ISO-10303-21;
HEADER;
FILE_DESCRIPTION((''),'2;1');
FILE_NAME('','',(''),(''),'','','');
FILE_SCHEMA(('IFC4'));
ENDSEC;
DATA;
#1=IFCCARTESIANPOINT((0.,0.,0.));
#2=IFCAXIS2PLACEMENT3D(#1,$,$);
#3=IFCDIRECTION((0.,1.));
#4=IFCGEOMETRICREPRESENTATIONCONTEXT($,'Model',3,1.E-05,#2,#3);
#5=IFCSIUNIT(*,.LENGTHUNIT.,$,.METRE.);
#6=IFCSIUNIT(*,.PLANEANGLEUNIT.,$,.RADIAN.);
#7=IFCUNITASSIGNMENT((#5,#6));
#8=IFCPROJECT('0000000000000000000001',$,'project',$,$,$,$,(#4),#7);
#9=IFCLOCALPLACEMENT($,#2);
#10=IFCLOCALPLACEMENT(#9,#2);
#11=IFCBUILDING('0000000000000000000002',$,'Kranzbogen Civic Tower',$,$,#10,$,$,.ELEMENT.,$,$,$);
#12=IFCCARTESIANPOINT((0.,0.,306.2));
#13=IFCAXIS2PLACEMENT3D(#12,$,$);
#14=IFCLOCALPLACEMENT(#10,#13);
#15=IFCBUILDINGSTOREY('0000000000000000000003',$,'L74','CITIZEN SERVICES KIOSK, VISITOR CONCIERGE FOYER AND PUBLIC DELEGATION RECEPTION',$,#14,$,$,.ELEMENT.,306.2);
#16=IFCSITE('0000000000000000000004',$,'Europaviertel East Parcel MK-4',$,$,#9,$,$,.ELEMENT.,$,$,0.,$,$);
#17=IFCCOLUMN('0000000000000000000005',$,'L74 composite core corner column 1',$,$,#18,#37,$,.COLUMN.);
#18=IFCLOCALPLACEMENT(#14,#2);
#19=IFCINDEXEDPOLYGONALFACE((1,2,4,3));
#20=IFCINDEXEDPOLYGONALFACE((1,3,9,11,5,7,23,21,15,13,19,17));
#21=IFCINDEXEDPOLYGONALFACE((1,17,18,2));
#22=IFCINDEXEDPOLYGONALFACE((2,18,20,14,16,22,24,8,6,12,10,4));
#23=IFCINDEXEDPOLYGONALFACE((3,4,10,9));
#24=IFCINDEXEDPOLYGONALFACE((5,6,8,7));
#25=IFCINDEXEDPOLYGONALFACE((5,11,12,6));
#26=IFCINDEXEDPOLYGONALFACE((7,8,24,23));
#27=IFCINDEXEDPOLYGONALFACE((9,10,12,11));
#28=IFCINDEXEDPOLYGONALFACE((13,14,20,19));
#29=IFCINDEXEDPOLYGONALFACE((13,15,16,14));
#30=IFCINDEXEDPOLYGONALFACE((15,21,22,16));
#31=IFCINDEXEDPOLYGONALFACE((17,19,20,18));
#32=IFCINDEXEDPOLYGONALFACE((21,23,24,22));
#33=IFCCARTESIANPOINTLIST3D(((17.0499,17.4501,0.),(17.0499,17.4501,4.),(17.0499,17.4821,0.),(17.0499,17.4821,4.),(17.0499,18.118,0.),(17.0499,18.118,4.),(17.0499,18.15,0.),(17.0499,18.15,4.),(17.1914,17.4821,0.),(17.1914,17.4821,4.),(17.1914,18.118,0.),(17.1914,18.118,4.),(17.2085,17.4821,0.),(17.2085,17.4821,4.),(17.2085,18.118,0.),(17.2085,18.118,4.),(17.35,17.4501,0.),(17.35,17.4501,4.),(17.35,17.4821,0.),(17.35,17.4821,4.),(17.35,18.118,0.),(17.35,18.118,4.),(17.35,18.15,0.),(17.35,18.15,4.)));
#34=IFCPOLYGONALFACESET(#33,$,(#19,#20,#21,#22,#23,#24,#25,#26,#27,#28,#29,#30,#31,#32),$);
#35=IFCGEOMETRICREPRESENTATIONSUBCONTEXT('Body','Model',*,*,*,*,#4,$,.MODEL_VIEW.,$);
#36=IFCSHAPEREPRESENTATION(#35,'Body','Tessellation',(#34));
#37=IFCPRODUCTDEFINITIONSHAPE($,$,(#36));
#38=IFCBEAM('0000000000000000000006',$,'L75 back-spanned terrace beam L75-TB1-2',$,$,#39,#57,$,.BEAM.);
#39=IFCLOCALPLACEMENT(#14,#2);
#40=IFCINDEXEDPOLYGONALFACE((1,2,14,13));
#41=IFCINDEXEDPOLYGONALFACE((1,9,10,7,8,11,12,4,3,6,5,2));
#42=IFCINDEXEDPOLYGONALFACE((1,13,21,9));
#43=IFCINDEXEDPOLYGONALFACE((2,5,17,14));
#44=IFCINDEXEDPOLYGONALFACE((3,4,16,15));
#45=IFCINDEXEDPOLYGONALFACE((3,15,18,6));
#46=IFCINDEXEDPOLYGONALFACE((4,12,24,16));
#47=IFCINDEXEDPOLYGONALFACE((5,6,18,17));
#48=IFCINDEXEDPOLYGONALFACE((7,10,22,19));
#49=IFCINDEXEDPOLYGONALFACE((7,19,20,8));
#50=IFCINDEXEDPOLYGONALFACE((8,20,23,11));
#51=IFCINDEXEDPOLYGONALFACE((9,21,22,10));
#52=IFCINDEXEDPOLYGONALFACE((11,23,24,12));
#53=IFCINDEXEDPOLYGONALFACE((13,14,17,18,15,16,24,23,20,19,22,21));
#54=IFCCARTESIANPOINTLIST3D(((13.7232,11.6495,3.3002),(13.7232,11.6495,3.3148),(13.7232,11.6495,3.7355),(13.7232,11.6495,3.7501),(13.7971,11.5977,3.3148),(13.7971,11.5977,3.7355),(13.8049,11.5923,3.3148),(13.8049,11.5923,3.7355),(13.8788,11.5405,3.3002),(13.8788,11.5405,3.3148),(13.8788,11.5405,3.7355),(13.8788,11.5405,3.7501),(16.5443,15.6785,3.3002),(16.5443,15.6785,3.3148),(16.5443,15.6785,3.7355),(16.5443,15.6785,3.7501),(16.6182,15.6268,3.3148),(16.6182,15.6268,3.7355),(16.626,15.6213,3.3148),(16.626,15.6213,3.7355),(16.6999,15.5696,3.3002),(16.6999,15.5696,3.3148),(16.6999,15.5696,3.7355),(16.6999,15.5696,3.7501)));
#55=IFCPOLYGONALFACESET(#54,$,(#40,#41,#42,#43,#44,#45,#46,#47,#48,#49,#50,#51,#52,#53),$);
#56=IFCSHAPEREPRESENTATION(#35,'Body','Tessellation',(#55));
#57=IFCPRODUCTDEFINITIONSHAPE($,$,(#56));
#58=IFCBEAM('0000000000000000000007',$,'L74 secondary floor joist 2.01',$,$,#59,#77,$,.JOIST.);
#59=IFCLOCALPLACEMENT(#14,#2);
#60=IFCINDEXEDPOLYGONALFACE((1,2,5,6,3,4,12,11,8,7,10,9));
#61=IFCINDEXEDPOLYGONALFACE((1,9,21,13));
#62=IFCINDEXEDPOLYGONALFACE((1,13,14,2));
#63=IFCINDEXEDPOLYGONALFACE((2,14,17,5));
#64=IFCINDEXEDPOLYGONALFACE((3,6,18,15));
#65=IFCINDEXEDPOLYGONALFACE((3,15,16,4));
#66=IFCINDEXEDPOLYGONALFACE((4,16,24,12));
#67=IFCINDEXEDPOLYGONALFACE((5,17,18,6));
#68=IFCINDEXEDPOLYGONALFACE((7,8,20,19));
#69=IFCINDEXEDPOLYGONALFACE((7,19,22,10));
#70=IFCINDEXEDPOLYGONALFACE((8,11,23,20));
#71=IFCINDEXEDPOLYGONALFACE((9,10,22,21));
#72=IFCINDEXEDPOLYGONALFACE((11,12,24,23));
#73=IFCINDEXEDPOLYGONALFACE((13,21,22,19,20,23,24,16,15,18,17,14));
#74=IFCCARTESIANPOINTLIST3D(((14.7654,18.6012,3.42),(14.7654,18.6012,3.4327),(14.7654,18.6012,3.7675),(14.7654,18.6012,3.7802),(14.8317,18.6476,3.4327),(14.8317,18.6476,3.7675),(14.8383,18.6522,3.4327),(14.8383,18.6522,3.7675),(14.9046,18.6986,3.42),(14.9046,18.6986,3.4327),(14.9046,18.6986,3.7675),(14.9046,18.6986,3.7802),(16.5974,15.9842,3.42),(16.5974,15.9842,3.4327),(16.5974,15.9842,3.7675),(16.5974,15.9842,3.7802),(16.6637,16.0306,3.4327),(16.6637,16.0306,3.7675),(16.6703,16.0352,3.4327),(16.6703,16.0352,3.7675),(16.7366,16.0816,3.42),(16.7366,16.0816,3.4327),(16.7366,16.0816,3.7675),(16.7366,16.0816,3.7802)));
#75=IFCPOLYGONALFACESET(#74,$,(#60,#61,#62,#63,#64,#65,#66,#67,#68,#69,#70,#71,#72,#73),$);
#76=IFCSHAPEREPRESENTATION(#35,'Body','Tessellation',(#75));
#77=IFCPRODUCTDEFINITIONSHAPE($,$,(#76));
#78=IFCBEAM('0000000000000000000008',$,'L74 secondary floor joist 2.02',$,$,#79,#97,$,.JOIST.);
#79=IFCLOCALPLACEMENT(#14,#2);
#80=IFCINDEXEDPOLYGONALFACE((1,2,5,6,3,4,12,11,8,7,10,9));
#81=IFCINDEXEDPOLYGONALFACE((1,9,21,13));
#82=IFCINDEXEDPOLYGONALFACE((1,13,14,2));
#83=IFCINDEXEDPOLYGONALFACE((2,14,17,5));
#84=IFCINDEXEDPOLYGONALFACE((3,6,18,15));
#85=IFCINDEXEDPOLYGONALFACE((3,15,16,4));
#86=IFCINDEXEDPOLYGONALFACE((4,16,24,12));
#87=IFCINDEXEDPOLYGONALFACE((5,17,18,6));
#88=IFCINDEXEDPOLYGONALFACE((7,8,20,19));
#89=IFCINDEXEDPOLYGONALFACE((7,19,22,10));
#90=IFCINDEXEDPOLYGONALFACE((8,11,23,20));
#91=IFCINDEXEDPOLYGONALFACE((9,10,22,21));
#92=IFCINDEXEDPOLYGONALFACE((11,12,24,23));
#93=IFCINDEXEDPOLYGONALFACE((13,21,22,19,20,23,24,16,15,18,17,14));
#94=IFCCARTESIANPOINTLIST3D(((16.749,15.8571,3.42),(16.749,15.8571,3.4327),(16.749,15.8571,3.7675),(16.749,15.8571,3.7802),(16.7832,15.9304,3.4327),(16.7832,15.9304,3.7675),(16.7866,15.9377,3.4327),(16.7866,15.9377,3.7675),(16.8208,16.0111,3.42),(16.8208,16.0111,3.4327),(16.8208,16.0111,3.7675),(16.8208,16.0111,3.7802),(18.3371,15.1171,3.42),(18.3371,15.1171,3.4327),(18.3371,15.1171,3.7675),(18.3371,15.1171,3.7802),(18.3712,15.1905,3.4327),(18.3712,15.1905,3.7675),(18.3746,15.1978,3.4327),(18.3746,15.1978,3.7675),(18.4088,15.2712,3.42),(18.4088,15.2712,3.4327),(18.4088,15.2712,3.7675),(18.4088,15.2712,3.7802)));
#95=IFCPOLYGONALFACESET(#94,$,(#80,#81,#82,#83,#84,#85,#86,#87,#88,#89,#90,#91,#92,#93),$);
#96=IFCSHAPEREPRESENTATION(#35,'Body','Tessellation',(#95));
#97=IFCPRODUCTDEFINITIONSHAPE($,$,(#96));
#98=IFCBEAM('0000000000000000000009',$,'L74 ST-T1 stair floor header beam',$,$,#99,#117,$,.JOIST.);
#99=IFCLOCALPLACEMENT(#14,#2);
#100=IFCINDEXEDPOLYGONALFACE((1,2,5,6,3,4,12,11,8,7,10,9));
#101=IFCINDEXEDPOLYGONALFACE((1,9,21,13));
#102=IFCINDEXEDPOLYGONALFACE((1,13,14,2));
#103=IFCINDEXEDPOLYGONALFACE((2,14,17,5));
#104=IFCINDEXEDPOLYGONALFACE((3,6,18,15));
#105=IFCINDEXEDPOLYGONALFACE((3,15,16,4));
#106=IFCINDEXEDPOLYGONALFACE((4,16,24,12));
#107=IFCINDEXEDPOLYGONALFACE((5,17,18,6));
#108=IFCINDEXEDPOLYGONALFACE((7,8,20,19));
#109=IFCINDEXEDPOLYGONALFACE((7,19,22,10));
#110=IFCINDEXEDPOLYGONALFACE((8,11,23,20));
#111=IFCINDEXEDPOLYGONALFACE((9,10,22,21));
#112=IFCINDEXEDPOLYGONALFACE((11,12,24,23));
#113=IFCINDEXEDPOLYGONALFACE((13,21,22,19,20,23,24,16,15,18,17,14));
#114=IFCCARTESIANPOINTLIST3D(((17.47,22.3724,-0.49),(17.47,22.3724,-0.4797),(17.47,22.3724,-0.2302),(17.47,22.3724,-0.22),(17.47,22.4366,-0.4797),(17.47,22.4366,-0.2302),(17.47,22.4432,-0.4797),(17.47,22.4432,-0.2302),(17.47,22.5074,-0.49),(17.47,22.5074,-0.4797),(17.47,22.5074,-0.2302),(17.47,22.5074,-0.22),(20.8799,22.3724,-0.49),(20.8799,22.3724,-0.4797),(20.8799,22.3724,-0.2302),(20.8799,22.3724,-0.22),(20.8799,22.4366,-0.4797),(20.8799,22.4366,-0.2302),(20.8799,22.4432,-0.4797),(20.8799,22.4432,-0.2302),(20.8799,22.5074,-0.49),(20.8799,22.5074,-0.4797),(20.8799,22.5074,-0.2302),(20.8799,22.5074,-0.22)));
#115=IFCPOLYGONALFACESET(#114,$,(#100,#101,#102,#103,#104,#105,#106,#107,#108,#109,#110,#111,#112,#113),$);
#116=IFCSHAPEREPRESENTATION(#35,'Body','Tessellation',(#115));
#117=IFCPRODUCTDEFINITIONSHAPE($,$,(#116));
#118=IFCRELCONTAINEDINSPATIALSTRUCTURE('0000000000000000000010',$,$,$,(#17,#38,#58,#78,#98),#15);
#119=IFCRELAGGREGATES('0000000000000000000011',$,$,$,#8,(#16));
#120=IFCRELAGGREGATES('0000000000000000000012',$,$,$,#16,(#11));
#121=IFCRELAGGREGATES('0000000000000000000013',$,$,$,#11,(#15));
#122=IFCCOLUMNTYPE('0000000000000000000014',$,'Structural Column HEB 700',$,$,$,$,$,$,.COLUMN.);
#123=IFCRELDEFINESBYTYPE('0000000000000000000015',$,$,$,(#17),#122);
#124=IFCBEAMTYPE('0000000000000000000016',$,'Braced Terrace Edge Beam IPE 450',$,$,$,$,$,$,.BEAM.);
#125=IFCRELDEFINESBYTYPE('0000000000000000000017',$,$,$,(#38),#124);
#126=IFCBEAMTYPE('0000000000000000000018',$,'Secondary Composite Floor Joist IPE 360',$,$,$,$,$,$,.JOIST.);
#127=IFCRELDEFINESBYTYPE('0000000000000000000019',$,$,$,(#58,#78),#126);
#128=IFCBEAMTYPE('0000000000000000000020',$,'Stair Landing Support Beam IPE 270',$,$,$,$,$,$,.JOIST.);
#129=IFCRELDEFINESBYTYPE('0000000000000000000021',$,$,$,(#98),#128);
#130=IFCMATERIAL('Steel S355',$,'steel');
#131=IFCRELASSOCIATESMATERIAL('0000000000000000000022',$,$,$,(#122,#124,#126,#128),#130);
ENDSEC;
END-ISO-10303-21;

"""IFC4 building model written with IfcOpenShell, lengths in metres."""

from ifc_helpers import new_model, si_unit, direction, frame, origin, origin_2d, place, context, subcontext, project, spatial, i_section, extrude, material, material_profile, profile_set, type_object, element, save


model = new_model("IFC4")

# Units and contexts
model_context = context("Model", 3, precision=1e-05, world=origin(), true_north=direction((0.0, 1.0)))
body_context = subcontext(model_context, "Body", "Model", "MODEL_VIEW")
ifc_project = project(units=[si_unit("LENGTHUNIT", "METRE"), si_unit("PLANEANGLEUNIT", "RADIAN")], contexts=[model_context])

# Site, building, storey
site_placement = place(None, origin())
site = spatial("IfcSite", under=ifc_project, at=site_placement, Name="Europaviertel East Parcel MK-4", CompositionType="ELEMENT", RefElevation=0.0)
building_placement = place(site_placement, origin())
building = spatial("IfcBuilding", under=site, at=building_placement, Name="Kranzbogen Civic Tower", CompositionType="ELEMENT")
storey_placement = place(building_placement, frame((0.0, 0.0, 306.2)))
storey = spatial("IfcBuildingStorey", under=building, at=storey_placement, Name="L74", Description="CITIZEN SERVICES KIOSK, VISITOR CONCIERGE FOYER AND PUBLIC DELEGATION RECEPTION", CompositionType="ELEMENT", Elevation=306.2)

# Column
ifc_material_1 = material(Name="Steel S355", Category="steel")
ifc_material_profile_1 = material_profile(ifc_material_1, i_section(OverallWidth=0.3, OverallDepth=0.7, WebThickness=0.0171, FlangeThickness=0.032, at=origin_2d()), Name="HEB 700")
ifc_profile_set_1 = profile_set([ifc_material_profile_1], Name="Steel S355")
column_type = type_object("IfcColumnType", Name="Structural Column HEB 700", PredefinedType="COLUMN", material=ifc_profile_set_1)
column_placement = place(storey_placement, frame((17.2, 17.8, 0.0), z_axis=(0.0, 0.0, 1.0), x_axis=(1.0, 0.0, 0.0)))
element("IfcColumn", 1, at=column_placement, inside=storey, type_object=column_type, Name="L74 composite core corner column 1", PredefinedType="COLUMN", context=body_context, shape_type="SweptSolid", body=[
    extrude(i_section(OverallWidth=0.3, OverallDepth=0.7, WebThickness=0.0171, FlangeThickness=0.032, at=origin_2d()), origin(), (0.0, 0.0, 1.0), 4.0),
])

# Beams
ifc_material_profile_2 = material_profile(ifc_material_1, i_section(OverallWidth=0.1899, OverallDepth=0.45, WebThickness=0.0095, FlangeThickness=0.0146, at=origin_2d()), Name="IPE 450")
ifc_profile_set_2 = profile_set([ifc_material_profile_2], Name="Steel S355")
beam_type_1 = type_object("IfcBeamType", Name="Braced Terrace Edge Beam IPE 450", PredefinedType="BEAM", material=ifc_profile_set_2)
beam_1_placement = place(storey_placement, frame((16.6221, 15.624, 3.5251), z_axis=(-0.573559, -0.819164, 0.0), x_axis=(0.819164, -0.573559, 0.0)))
element("IfcBeam", 2, at=beam_1_placement, inside=storey, type_object=beam_type_1, Name="L75 back-spanned terrace beam L75-TB1-2", PredefinedType="BEAM", context=body_context, shape_type="SweptSolid", body=[
    extrude(i_section(OverallWidth=0.1899, OverallDepth=0.45, WebThickness=0.0095, FlangeThickness=0.0146, at=origin_2d()), origin(), (0.0, 0.0, 1.0), 4.9185),
])
ifc_material_profile_3 = material_profile(ifc_material_1, i_section(OverallWidth=0.1699, OverallDepth=0.3601, WebThickness=0.0081, FlangeThickness=0.0127, at=origin_2d()), Name="IPE 360")
ifc_profile_set_3 = profile_set([ifc_material_profile_3], Name="Steel S355")
beam_type_2 = type_object("IfcBeamType", Name="Secondary Composite Floor Joist IPE 360", PredefinedType="JOIST", material=ifc_profile_set_3)
beam_2_placement = place(storey_placement, frame((14.835, 18.6499, 3.6001), z_axis=(0.573498, -0.819207, 0.0), x_axis=(0.819207, 0.573498, 0.0)))
element("IfcBeam", 3, at=beam_2_placement, inside=storey, type_object=beam_type_2, Name="L74 secondary floor joist 2.01", PredefinedType="JOIST", context=body_context, shape_type="SweptSolid", body=[
    extrude(i_section(OverallWidth=0.1699, OverallDepth=0.3601, WebThickness=0.0081, FlangeThickness=0.0127, at=origin_2d()), origin(), (0.0, 0.0, 1.0), 3.1946),
])
beam_3_placement = place(storey_placement, frame((16.7849, 15.9341, 3.6001), z_axis=(0.906432, -0.422351, 0.0), x_axis=(0.422351, 0.906432, 0.0)))
element("IfcBeam", 4, at=beam_3_placement, inside=storey, type_object=beam_type_2, Name="L74 secondary floor joist 2.02", PredefinedType="JOIST", context=body_context, shape_type="SweptSolid", body=[
    extrude(i_section(OverallWidth=0.1699, OverallDepth=0.3601, WebThickness=0.0081, FlangeThickness=0.0127, at=origin_2d()), origin(), (0.0, 0.0, 1.0), 1.752),
])
ifc_material_profile_4 = material_profile(ifc_material_1, i_section(OverallWidth=0.135, OverallDepth=0.27, WebThickness=0.0066, FlangeThickness=0.0103, at=origin_2d()), Name="IPE 270")
ifc_profile_set_4 = profile_set([ifc_material_profile_4], Name="Steel S355")
beam_type_3 = type_object("IfcBeamType", Name="Stair Landing Support Beam IPE 270", PredefinedType="JOIST", material=ifc_profile_set_4)
beam_4_placement = place(storey_placement, frame((20.8799, 22.4399, -0.355), z_axis=(-1.0, 0.0, 0.0), x_axis=(0.0, -1.0, 0.0)))
element("IfcBeam", 5, at=beam_4_placement, inside=storey, type_object=beam_type_3, Name="L74 ST-T1 stair floor header beam", PredefinedType="JOIST", context=body_context, shape_type="SweptSolid", body=[
    extrude(i_section(OverallWidth=0.135, OverallDepth=0.27, WebThickness=0.0066, FlangeThickness=0.0103, at=origin_2d()), origin(), (0.0, 0.0, 1.0), 3.4099),
])

save(model, "model.ifc")
